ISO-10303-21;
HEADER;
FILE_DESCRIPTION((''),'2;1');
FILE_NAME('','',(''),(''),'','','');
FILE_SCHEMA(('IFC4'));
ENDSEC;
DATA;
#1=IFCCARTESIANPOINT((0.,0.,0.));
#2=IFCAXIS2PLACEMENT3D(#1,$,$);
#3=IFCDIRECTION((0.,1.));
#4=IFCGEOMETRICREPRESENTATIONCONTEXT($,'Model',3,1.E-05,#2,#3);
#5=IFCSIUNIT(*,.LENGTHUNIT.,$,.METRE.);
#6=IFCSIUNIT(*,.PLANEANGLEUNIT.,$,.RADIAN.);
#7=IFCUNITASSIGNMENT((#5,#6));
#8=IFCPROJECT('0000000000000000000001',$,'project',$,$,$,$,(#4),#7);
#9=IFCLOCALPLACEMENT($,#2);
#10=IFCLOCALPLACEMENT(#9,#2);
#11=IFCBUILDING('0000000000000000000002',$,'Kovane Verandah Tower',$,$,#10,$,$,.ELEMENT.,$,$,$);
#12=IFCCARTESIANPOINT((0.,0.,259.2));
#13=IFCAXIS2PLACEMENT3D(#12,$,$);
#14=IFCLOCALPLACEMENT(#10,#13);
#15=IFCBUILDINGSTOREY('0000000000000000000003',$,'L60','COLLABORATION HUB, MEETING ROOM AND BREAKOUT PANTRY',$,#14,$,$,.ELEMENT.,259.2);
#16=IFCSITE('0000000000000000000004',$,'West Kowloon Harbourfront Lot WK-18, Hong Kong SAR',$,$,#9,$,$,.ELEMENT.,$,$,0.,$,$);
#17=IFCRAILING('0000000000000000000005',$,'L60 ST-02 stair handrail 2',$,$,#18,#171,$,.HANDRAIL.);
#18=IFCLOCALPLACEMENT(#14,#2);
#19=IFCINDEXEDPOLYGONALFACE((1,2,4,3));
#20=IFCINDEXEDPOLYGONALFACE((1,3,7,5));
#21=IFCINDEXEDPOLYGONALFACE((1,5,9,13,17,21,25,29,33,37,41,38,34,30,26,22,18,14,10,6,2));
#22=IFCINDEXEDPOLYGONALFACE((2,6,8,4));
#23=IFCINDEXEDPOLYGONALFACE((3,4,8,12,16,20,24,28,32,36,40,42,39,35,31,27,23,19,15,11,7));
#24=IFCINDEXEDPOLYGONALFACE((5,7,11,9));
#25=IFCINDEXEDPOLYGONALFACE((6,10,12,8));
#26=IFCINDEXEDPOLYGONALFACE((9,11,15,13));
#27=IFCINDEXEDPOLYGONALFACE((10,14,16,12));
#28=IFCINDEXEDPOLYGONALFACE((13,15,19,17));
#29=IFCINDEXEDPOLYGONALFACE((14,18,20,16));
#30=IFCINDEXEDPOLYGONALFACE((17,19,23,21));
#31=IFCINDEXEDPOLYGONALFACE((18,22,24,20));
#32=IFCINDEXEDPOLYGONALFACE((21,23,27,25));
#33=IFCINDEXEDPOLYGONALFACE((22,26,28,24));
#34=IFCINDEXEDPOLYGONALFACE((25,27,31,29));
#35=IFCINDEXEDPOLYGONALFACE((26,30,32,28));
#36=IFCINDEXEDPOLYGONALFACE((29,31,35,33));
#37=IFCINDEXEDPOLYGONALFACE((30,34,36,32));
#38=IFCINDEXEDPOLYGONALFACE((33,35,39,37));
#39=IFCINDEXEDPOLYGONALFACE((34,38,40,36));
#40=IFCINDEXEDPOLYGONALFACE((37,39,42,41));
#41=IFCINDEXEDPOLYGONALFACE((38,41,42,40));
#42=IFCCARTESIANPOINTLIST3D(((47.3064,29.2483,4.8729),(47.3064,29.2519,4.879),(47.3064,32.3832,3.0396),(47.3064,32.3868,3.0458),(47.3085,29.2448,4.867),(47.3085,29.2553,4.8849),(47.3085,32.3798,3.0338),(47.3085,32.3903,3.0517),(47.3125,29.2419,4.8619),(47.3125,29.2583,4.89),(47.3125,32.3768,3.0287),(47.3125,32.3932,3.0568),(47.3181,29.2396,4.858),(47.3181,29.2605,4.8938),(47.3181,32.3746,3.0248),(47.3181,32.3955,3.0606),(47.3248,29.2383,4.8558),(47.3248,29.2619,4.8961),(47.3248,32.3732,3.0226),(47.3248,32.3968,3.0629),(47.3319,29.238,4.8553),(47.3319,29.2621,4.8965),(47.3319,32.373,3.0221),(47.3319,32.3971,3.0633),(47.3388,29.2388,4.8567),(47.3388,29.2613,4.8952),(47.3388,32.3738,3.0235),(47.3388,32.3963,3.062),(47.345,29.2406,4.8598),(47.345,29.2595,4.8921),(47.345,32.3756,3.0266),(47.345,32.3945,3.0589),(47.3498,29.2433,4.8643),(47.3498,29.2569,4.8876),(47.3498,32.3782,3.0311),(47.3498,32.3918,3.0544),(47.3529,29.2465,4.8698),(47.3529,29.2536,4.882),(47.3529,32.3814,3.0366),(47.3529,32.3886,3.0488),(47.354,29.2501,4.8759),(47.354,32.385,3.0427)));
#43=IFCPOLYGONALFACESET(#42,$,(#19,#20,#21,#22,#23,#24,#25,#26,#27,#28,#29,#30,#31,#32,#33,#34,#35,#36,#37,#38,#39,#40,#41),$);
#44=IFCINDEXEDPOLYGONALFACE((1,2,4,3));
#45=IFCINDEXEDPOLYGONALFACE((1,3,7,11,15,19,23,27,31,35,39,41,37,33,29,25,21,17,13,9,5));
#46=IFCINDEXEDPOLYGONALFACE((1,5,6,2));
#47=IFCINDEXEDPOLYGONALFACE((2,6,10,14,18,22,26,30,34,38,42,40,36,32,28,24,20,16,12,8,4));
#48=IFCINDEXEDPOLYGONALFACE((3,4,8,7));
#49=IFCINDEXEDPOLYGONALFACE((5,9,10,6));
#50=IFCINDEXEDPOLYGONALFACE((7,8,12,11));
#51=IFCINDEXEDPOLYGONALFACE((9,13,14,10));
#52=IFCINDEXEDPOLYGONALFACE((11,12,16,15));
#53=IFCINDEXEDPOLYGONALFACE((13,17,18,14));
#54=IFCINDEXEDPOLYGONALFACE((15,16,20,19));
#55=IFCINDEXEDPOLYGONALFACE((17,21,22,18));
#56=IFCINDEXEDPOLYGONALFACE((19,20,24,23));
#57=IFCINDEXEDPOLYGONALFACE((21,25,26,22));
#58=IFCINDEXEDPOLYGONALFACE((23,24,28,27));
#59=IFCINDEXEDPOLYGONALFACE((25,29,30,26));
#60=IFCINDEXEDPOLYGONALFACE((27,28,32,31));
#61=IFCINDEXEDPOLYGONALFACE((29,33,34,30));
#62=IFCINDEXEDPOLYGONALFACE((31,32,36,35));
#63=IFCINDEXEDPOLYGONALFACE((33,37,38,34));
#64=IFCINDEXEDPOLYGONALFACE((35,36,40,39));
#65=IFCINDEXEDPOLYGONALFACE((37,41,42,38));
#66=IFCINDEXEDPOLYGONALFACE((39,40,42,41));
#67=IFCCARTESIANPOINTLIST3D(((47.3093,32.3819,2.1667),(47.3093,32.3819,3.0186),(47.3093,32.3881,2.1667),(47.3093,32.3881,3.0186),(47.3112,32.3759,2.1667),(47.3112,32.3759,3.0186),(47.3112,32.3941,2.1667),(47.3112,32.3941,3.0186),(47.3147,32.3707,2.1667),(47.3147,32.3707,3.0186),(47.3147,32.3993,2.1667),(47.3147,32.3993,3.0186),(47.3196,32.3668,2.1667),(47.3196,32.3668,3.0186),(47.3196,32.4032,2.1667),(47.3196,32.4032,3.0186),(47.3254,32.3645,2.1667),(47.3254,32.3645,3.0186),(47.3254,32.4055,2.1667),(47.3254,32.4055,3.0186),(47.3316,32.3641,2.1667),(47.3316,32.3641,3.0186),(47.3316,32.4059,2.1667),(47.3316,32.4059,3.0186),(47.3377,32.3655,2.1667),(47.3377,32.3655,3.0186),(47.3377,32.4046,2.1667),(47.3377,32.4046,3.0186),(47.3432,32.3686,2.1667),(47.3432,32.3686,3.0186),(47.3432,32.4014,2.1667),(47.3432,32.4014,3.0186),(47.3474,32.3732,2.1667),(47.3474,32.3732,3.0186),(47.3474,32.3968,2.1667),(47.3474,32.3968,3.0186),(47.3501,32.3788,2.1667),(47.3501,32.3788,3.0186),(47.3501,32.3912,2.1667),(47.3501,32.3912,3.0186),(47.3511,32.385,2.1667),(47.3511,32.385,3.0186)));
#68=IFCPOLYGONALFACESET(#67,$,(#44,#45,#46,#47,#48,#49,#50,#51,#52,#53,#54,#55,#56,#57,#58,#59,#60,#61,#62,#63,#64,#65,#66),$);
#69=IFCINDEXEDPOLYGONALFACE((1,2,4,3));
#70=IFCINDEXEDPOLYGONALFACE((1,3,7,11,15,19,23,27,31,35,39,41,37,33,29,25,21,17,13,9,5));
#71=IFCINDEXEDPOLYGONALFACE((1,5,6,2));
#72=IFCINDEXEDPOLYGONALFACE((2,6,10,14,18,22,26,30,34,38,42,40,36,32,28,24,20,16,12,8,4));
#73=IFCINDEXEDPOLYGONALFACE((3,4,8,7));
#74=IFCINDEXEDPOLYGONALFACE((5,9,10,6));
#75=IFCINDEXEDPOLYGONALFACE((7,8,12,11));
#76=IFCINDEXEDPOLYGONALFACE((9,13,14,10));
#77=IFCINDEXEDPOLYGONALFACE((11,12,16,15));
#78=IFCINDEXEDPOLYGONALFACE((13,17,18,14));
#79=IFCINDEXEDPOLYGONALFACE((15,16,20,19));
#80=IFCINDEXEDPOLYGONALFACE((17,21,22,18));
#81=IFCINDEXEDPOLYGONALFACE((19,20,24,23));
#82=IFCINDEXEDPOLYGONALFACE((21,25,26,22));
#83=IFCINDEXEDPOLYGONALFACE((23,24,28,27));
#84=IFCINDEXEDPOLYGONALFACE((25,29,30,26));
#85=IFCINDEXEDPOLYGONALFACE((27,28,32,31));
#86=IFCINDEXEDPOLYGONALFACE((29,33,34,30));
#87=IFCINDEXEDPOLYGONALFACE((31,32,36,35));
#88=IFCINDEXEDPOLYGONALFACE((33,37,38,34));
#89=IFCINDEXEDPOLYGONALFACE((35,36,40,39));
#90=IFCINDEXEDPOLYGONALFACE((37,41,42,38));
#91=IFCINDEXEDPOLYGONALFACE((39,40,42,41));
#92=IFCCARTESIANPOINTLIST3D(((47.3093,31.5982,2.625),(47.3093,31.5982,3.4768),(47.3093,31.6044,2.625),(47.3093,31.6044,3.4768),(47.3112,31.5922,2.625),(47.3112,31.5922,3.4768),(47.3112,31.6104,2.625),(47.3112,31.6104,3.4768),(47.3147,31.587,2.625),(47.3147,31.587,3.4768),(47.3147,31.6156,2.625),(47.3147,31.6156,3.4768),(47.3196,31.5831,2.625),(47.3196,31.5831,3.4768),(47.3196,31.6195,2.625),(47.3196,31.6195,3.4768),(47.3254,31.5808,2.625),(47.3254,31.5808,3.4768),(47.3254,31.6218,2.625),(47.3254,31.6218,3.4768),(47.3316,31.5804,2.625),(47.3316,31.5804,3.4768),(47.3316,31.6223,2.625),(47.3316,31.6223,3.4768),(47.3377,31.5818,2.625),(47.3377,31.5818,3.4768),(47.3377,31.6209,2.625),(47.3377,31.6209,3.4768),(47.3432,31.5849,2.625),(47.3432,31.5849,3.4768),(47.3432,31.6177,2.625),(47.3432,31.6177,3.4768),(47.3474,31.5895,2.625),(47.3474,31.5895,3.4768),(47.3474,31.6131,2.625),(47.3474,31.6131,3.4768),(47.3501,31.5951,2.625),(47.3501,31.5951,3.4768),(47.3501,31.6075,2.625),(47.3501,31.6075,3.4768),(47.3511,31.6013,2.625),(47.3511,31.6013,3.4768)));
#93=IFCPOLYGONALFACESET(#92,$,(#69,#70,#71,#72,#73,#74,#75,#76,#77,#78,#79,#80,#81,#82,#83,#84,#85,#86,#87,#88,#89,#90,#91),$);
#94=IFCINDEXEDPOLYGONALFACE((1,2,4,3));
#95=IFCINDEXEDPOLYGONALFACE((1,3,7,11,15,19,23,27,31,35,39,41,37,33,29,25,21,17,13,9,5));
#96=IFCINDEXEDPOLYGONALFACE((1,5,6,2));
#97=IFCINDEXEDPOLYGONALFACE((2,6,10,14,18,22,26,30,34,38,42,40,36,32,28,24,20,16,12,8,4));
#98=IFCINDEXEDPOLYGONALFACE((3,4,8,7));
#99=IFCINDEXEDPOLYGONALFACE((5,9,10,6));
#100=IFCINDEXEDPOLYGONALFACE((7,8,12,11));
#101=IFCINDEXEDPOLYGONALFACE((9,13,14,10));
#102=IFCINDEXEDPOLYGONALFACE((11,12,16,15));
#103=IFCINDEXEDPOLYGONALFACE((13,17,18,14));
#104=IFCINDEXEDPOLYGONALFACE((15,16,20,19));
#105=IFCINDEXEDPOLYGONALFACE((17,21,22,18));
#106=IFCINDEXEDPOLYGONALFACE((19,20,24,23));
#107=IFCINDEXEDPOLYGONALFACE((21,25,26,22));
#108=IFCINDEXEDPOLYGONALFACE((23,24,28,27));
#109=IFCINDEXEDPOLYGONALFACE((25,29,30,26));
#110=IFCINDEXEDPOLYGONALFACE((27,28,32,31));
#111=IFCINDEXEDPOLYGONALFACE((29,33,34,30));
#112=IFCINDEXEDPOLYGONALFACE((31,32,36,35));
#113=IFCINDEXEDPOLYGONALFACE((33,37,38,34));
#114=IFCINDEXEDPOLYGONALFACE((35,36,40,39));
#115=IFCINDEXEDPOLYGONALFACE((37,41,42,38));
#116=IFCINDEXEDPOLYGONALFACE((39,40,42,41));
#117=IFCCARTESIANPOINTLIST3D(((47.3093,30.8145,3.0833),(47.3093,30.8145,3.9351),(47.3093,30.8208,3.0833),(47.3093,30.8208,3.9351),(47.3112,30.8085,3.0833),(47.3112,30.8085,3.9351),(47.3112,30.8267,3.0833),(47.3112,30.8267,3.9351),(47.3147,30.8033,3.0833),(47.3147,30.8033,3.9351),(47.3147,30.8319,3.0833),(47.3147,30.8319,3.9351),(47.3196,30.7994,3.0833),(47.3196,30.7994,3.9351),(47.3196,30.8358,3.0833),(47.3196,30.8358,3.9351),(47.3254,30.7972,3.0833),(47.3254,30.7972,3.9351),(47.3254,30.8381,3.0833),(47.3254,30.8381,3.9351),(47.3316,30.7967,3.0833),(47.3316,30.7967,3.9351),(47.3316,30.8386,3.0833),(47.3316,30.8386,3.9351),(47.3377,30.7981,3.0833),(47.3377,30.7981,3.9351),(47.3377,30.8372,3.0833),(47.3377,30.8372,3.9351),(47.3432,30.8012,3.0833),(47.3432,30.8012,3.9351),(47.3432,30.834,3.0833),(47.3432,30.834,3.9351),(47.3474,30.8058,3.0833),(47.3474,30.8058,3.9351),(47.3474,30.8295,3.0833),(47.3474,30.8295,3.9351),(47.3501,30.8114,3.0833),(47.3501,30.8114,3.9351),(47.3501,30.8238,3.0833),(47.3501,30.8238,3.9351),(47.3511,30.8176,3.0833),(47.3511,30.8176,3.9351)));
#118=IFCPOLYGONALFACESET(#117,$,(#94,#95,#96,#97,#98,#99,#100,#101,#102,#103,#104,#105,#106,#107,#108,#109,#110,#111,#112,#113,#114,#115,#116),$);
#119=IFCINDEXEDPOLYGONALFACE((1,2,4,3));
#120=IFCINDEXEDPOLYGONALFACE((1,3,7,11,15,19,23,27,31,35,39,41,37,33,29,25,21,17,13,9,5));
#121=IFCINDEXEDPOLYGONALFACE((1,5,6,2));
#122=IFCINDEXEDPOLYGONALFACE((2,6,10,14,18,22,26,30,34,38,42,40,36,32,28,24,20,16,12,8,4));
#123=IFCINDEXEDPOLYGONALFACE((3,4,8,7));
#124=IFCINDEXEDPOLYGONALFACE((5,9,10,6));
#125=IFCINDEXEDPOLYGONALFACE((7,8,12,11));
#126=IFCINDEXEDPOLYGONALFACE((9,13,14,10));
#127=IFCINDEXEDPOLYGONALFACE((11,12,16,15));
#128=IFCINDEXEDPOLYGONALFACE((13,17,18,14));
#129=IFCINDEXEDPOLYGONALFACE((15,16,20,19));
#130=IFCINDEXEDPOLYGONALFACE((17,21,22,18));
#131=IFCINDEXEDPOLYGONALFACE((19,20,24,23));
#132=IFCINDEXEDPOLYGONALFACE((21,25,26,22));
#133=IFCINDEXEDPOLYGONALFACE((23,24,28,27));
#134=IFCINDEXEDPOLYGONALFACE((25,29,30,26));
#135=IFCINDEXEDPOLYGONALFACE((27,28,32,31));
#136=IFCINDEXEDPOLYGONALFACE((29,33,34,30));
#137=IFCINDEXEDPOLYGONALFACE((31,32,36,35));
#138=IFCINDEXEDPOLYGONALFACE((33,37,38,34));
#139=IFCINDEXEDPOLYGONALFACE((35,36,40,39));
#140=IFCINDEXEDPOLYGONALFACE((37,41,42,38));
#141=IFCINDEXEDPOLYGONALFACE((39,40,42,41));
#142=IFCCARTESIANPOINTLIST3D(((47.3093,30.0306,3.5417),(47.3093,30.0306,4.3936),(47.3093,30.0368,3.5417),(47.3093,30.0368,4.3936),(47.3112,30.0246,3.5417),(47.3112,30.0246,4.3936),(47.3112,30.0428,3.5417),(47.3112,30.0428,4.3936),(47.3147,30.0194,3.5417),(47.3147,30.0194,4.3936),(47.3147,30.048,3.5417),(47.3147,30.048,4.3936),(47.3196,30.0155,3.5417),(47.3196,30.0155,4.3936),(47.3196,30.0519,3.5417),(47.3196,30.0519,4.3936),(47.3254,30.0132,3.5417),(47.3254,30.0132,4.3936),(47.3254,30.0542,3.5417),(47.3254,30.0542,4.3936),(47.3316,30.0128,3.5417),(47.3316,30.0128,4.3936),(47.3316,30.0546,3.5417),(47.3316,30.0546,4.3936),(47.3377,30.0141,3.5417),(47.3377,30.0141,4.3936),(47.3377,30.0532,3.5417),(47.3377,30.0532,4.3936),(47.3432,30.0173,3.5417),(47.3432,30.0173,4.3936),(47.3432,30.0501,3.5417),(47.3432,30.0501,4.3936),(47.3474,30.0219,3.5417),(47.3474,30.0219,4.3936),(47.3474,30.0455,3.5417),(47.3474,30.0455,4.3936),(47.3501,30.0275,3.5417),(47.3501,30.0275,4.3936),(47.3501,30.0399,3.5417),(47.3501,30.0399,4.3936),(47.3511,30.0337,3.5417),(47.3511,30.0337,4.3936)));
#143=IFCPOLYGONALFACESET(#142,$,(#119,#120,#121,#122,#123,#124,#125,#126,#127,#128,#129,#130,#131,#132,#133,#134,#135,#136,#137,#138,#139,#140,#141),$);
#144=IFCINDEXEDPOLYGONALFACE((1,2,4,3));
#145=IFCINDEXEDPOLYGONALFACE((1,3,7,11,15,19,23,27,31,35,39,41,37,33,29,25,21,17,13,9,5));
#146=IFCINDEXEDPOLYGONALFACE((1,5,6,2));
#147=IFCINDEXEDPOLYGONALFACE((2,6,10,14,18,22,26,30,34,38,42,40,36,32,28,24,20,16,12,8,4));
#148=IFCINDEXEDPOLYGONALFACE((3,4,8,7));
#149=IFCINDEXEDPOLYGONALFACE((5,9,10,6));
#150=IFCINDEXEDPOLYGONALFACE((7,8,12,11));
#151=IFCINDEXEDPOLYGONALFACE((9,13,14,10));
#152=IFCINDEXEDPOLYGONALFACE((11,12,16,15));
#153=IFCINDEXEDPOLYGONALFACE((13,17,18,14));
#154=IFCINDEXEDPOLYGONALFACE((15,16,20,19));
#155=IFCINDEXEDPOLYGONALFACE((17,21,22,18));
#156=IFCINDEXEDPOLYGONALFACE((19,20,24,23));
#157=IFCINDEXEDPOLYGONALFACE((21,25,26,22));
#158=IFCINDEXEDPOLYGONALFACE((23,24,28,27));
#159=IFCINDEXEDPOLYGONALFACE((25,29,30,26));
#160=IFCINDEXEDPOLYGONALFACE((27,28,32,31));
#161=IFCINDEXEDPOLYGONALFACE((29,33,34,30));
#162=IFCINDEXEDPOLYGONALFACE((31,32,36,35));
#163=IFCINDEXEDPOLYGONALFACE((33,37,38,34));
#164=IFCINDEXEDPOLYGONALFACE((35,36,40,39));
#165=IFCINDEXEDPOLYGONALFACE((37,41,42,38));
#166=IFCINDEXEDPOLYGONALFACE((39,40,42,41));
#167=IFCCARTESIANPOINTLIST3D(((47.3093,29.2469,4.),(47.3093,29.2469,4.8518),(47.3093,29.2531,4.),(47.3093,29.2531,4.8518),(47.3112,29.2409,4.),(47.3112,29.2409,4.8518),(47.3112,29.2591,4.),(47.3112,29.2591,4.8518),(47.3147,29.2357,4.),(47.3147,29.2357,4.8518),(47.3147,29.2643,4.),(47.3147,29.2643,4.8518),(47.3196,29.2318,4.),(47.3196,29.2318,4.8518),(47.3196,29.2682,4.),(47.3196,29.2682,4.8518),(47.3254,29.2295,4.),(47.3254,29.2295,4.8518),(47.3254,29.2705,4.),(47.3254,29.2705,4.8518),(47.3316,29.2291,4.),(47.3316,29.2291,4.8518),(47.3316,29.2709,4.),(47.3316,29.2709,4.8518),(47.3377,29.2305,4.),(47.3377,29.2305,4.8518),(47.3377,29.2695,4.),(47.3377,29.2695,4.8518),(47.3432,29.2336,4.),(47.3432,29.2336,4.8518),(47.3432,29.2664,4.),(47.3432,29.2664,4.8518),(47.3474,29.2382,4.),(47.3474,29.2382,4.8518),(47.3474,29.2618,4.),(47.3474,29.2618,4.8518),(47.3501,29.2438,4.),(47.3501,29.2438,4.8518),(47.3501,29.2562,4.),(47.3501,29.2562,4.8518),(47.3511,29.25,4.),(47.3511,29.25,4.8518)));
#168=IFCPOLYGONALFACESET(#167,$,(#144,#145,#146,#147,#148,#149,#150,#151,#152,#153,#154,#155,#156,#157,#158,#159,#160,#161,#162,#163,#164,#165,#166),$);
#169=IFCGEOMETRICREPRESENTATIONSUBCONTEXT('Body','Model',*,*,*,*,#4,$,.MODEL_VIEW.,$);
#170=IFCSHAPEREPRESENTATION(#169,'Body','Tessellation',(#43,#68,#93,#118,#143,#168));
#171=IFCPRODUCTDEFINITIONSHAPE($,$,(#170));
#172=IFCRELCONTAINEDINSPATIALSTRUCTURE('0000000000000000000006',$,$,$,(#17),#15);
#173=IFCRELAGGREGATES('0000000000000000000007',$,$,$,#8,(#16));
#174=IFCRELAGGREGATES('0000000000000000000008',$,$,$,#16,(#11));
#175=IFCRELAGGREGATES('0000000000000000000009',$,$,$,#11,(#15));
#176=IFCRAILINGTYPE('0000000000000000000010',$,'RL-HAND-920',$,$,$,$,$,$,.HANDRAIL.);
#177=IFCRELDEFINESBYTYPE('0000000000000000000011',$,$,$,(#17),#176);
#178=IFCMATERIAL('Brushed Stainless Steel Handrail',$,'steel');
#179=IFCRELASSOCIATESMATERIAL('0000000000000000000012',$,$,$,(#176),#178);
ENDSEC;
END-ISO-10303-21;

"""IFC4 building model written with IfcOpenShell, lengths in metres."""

from ifc_helpers import new_model, si_unit, direction, frame, origin, origin_2d, place, context, subcontext, project, spatial, circle, extrude, material, type_object, element, save


model = new_model("IFC4")

# Units and contexts
model_context = context("Model", 3, precision=1e-05, world=origin(), true_north=direction((0.0, 1.0)))
body_context = subcontext(model_context, "Body", "Model", "MODEL_VIEW")
ifc_project = project(units=[si_unit("LENGTHUNIT", "METRE"), si_unit("PLANEANGLEUNIT", "RADIAN")], contexts=[model_context])

# Site, building, storey
site_placement = place(None, origin())
site = spatial("IfcSite", under=ifc_project, at=site_placement, Name="West Kowloon Harbourfront Lot WK-18, Hong Kong SAR", CompositionType="ELEMENT", RefElevation=0.0)
building_placement = place(site_placement, origin())
building = spatial("IfcBuilding", under=site, at=building_placement, Name="Kovane Verandah Tower", CompositionType="ELEMENT")
storey_placement = place(building_placement, frame((0.0, 0.0, 259.2)))
storey = spatial("IfcBuildingStorey", under=building, at=storey_placement, Name="L60", Description="COLLABORATION HUB, MEETING ROOM AND BREAKOUT PANTRY", CompositionType="ELEMENT", Elevation=259.2)

# Railing
ifc_material_1 = material(Name="Brushed Stainless Steel Handrail", Category="steel")
railing_type_1 = type_object("IfcRailingType", Name="RL-HAND-920", PredefinedType="HANDRAIL", material=ifc_material_1)
railing_1_placement = place(storey_placement, frame((47.3301, 32.385, 2.1667)))
element("IfcRailing", 1, at=railing_1_placement, inside=storey, type_object=railing_type_1, Name="L60 ST-02 stair handrail 2", PredefinedType="HANDRAIL", context=body_context, shape_type="SweptSolid", body=[
    extrude(circle(Radius=0.0239, at=origin_2d()), frame((0.0, 0.0, 0.876), z_axis=(0.0, -0.86324, 0.504794), x_axis=(1.0, 0.0, 0.0)), (0.0, 0.0, 1.0), 3.6316),
    extrude(circle(Radius=0.021, at=origin_2d()), origin(), (0.0, 0.0, 1.0), 0.8518),
    extrude(circle(Radius=0.021, at=origin_2d()), frame((0.0, -0.7837, 0.4583)), (0.0, 0.0, 1.0), 0.8518),
    extrude(circle(Radius=0.021, at=origin_2d()), frame((0.0, -1.5674, 0.9165)), (0.0, 0.0, 1.0), 0.8518),
    extrude(circle(Radius=0.021, at=origin_2d()), frame((0.0, -2.3513, 1.375)), (0.0, 0.0, 1.0), 0.8518),
    extrude(circle(Radius=0.021, at=origin_2d()), frame((0.0, -3.135, 1.8333)), (0.0, 0.0, 1.0), 0.8518),
])

save(model, "model.ifc")
